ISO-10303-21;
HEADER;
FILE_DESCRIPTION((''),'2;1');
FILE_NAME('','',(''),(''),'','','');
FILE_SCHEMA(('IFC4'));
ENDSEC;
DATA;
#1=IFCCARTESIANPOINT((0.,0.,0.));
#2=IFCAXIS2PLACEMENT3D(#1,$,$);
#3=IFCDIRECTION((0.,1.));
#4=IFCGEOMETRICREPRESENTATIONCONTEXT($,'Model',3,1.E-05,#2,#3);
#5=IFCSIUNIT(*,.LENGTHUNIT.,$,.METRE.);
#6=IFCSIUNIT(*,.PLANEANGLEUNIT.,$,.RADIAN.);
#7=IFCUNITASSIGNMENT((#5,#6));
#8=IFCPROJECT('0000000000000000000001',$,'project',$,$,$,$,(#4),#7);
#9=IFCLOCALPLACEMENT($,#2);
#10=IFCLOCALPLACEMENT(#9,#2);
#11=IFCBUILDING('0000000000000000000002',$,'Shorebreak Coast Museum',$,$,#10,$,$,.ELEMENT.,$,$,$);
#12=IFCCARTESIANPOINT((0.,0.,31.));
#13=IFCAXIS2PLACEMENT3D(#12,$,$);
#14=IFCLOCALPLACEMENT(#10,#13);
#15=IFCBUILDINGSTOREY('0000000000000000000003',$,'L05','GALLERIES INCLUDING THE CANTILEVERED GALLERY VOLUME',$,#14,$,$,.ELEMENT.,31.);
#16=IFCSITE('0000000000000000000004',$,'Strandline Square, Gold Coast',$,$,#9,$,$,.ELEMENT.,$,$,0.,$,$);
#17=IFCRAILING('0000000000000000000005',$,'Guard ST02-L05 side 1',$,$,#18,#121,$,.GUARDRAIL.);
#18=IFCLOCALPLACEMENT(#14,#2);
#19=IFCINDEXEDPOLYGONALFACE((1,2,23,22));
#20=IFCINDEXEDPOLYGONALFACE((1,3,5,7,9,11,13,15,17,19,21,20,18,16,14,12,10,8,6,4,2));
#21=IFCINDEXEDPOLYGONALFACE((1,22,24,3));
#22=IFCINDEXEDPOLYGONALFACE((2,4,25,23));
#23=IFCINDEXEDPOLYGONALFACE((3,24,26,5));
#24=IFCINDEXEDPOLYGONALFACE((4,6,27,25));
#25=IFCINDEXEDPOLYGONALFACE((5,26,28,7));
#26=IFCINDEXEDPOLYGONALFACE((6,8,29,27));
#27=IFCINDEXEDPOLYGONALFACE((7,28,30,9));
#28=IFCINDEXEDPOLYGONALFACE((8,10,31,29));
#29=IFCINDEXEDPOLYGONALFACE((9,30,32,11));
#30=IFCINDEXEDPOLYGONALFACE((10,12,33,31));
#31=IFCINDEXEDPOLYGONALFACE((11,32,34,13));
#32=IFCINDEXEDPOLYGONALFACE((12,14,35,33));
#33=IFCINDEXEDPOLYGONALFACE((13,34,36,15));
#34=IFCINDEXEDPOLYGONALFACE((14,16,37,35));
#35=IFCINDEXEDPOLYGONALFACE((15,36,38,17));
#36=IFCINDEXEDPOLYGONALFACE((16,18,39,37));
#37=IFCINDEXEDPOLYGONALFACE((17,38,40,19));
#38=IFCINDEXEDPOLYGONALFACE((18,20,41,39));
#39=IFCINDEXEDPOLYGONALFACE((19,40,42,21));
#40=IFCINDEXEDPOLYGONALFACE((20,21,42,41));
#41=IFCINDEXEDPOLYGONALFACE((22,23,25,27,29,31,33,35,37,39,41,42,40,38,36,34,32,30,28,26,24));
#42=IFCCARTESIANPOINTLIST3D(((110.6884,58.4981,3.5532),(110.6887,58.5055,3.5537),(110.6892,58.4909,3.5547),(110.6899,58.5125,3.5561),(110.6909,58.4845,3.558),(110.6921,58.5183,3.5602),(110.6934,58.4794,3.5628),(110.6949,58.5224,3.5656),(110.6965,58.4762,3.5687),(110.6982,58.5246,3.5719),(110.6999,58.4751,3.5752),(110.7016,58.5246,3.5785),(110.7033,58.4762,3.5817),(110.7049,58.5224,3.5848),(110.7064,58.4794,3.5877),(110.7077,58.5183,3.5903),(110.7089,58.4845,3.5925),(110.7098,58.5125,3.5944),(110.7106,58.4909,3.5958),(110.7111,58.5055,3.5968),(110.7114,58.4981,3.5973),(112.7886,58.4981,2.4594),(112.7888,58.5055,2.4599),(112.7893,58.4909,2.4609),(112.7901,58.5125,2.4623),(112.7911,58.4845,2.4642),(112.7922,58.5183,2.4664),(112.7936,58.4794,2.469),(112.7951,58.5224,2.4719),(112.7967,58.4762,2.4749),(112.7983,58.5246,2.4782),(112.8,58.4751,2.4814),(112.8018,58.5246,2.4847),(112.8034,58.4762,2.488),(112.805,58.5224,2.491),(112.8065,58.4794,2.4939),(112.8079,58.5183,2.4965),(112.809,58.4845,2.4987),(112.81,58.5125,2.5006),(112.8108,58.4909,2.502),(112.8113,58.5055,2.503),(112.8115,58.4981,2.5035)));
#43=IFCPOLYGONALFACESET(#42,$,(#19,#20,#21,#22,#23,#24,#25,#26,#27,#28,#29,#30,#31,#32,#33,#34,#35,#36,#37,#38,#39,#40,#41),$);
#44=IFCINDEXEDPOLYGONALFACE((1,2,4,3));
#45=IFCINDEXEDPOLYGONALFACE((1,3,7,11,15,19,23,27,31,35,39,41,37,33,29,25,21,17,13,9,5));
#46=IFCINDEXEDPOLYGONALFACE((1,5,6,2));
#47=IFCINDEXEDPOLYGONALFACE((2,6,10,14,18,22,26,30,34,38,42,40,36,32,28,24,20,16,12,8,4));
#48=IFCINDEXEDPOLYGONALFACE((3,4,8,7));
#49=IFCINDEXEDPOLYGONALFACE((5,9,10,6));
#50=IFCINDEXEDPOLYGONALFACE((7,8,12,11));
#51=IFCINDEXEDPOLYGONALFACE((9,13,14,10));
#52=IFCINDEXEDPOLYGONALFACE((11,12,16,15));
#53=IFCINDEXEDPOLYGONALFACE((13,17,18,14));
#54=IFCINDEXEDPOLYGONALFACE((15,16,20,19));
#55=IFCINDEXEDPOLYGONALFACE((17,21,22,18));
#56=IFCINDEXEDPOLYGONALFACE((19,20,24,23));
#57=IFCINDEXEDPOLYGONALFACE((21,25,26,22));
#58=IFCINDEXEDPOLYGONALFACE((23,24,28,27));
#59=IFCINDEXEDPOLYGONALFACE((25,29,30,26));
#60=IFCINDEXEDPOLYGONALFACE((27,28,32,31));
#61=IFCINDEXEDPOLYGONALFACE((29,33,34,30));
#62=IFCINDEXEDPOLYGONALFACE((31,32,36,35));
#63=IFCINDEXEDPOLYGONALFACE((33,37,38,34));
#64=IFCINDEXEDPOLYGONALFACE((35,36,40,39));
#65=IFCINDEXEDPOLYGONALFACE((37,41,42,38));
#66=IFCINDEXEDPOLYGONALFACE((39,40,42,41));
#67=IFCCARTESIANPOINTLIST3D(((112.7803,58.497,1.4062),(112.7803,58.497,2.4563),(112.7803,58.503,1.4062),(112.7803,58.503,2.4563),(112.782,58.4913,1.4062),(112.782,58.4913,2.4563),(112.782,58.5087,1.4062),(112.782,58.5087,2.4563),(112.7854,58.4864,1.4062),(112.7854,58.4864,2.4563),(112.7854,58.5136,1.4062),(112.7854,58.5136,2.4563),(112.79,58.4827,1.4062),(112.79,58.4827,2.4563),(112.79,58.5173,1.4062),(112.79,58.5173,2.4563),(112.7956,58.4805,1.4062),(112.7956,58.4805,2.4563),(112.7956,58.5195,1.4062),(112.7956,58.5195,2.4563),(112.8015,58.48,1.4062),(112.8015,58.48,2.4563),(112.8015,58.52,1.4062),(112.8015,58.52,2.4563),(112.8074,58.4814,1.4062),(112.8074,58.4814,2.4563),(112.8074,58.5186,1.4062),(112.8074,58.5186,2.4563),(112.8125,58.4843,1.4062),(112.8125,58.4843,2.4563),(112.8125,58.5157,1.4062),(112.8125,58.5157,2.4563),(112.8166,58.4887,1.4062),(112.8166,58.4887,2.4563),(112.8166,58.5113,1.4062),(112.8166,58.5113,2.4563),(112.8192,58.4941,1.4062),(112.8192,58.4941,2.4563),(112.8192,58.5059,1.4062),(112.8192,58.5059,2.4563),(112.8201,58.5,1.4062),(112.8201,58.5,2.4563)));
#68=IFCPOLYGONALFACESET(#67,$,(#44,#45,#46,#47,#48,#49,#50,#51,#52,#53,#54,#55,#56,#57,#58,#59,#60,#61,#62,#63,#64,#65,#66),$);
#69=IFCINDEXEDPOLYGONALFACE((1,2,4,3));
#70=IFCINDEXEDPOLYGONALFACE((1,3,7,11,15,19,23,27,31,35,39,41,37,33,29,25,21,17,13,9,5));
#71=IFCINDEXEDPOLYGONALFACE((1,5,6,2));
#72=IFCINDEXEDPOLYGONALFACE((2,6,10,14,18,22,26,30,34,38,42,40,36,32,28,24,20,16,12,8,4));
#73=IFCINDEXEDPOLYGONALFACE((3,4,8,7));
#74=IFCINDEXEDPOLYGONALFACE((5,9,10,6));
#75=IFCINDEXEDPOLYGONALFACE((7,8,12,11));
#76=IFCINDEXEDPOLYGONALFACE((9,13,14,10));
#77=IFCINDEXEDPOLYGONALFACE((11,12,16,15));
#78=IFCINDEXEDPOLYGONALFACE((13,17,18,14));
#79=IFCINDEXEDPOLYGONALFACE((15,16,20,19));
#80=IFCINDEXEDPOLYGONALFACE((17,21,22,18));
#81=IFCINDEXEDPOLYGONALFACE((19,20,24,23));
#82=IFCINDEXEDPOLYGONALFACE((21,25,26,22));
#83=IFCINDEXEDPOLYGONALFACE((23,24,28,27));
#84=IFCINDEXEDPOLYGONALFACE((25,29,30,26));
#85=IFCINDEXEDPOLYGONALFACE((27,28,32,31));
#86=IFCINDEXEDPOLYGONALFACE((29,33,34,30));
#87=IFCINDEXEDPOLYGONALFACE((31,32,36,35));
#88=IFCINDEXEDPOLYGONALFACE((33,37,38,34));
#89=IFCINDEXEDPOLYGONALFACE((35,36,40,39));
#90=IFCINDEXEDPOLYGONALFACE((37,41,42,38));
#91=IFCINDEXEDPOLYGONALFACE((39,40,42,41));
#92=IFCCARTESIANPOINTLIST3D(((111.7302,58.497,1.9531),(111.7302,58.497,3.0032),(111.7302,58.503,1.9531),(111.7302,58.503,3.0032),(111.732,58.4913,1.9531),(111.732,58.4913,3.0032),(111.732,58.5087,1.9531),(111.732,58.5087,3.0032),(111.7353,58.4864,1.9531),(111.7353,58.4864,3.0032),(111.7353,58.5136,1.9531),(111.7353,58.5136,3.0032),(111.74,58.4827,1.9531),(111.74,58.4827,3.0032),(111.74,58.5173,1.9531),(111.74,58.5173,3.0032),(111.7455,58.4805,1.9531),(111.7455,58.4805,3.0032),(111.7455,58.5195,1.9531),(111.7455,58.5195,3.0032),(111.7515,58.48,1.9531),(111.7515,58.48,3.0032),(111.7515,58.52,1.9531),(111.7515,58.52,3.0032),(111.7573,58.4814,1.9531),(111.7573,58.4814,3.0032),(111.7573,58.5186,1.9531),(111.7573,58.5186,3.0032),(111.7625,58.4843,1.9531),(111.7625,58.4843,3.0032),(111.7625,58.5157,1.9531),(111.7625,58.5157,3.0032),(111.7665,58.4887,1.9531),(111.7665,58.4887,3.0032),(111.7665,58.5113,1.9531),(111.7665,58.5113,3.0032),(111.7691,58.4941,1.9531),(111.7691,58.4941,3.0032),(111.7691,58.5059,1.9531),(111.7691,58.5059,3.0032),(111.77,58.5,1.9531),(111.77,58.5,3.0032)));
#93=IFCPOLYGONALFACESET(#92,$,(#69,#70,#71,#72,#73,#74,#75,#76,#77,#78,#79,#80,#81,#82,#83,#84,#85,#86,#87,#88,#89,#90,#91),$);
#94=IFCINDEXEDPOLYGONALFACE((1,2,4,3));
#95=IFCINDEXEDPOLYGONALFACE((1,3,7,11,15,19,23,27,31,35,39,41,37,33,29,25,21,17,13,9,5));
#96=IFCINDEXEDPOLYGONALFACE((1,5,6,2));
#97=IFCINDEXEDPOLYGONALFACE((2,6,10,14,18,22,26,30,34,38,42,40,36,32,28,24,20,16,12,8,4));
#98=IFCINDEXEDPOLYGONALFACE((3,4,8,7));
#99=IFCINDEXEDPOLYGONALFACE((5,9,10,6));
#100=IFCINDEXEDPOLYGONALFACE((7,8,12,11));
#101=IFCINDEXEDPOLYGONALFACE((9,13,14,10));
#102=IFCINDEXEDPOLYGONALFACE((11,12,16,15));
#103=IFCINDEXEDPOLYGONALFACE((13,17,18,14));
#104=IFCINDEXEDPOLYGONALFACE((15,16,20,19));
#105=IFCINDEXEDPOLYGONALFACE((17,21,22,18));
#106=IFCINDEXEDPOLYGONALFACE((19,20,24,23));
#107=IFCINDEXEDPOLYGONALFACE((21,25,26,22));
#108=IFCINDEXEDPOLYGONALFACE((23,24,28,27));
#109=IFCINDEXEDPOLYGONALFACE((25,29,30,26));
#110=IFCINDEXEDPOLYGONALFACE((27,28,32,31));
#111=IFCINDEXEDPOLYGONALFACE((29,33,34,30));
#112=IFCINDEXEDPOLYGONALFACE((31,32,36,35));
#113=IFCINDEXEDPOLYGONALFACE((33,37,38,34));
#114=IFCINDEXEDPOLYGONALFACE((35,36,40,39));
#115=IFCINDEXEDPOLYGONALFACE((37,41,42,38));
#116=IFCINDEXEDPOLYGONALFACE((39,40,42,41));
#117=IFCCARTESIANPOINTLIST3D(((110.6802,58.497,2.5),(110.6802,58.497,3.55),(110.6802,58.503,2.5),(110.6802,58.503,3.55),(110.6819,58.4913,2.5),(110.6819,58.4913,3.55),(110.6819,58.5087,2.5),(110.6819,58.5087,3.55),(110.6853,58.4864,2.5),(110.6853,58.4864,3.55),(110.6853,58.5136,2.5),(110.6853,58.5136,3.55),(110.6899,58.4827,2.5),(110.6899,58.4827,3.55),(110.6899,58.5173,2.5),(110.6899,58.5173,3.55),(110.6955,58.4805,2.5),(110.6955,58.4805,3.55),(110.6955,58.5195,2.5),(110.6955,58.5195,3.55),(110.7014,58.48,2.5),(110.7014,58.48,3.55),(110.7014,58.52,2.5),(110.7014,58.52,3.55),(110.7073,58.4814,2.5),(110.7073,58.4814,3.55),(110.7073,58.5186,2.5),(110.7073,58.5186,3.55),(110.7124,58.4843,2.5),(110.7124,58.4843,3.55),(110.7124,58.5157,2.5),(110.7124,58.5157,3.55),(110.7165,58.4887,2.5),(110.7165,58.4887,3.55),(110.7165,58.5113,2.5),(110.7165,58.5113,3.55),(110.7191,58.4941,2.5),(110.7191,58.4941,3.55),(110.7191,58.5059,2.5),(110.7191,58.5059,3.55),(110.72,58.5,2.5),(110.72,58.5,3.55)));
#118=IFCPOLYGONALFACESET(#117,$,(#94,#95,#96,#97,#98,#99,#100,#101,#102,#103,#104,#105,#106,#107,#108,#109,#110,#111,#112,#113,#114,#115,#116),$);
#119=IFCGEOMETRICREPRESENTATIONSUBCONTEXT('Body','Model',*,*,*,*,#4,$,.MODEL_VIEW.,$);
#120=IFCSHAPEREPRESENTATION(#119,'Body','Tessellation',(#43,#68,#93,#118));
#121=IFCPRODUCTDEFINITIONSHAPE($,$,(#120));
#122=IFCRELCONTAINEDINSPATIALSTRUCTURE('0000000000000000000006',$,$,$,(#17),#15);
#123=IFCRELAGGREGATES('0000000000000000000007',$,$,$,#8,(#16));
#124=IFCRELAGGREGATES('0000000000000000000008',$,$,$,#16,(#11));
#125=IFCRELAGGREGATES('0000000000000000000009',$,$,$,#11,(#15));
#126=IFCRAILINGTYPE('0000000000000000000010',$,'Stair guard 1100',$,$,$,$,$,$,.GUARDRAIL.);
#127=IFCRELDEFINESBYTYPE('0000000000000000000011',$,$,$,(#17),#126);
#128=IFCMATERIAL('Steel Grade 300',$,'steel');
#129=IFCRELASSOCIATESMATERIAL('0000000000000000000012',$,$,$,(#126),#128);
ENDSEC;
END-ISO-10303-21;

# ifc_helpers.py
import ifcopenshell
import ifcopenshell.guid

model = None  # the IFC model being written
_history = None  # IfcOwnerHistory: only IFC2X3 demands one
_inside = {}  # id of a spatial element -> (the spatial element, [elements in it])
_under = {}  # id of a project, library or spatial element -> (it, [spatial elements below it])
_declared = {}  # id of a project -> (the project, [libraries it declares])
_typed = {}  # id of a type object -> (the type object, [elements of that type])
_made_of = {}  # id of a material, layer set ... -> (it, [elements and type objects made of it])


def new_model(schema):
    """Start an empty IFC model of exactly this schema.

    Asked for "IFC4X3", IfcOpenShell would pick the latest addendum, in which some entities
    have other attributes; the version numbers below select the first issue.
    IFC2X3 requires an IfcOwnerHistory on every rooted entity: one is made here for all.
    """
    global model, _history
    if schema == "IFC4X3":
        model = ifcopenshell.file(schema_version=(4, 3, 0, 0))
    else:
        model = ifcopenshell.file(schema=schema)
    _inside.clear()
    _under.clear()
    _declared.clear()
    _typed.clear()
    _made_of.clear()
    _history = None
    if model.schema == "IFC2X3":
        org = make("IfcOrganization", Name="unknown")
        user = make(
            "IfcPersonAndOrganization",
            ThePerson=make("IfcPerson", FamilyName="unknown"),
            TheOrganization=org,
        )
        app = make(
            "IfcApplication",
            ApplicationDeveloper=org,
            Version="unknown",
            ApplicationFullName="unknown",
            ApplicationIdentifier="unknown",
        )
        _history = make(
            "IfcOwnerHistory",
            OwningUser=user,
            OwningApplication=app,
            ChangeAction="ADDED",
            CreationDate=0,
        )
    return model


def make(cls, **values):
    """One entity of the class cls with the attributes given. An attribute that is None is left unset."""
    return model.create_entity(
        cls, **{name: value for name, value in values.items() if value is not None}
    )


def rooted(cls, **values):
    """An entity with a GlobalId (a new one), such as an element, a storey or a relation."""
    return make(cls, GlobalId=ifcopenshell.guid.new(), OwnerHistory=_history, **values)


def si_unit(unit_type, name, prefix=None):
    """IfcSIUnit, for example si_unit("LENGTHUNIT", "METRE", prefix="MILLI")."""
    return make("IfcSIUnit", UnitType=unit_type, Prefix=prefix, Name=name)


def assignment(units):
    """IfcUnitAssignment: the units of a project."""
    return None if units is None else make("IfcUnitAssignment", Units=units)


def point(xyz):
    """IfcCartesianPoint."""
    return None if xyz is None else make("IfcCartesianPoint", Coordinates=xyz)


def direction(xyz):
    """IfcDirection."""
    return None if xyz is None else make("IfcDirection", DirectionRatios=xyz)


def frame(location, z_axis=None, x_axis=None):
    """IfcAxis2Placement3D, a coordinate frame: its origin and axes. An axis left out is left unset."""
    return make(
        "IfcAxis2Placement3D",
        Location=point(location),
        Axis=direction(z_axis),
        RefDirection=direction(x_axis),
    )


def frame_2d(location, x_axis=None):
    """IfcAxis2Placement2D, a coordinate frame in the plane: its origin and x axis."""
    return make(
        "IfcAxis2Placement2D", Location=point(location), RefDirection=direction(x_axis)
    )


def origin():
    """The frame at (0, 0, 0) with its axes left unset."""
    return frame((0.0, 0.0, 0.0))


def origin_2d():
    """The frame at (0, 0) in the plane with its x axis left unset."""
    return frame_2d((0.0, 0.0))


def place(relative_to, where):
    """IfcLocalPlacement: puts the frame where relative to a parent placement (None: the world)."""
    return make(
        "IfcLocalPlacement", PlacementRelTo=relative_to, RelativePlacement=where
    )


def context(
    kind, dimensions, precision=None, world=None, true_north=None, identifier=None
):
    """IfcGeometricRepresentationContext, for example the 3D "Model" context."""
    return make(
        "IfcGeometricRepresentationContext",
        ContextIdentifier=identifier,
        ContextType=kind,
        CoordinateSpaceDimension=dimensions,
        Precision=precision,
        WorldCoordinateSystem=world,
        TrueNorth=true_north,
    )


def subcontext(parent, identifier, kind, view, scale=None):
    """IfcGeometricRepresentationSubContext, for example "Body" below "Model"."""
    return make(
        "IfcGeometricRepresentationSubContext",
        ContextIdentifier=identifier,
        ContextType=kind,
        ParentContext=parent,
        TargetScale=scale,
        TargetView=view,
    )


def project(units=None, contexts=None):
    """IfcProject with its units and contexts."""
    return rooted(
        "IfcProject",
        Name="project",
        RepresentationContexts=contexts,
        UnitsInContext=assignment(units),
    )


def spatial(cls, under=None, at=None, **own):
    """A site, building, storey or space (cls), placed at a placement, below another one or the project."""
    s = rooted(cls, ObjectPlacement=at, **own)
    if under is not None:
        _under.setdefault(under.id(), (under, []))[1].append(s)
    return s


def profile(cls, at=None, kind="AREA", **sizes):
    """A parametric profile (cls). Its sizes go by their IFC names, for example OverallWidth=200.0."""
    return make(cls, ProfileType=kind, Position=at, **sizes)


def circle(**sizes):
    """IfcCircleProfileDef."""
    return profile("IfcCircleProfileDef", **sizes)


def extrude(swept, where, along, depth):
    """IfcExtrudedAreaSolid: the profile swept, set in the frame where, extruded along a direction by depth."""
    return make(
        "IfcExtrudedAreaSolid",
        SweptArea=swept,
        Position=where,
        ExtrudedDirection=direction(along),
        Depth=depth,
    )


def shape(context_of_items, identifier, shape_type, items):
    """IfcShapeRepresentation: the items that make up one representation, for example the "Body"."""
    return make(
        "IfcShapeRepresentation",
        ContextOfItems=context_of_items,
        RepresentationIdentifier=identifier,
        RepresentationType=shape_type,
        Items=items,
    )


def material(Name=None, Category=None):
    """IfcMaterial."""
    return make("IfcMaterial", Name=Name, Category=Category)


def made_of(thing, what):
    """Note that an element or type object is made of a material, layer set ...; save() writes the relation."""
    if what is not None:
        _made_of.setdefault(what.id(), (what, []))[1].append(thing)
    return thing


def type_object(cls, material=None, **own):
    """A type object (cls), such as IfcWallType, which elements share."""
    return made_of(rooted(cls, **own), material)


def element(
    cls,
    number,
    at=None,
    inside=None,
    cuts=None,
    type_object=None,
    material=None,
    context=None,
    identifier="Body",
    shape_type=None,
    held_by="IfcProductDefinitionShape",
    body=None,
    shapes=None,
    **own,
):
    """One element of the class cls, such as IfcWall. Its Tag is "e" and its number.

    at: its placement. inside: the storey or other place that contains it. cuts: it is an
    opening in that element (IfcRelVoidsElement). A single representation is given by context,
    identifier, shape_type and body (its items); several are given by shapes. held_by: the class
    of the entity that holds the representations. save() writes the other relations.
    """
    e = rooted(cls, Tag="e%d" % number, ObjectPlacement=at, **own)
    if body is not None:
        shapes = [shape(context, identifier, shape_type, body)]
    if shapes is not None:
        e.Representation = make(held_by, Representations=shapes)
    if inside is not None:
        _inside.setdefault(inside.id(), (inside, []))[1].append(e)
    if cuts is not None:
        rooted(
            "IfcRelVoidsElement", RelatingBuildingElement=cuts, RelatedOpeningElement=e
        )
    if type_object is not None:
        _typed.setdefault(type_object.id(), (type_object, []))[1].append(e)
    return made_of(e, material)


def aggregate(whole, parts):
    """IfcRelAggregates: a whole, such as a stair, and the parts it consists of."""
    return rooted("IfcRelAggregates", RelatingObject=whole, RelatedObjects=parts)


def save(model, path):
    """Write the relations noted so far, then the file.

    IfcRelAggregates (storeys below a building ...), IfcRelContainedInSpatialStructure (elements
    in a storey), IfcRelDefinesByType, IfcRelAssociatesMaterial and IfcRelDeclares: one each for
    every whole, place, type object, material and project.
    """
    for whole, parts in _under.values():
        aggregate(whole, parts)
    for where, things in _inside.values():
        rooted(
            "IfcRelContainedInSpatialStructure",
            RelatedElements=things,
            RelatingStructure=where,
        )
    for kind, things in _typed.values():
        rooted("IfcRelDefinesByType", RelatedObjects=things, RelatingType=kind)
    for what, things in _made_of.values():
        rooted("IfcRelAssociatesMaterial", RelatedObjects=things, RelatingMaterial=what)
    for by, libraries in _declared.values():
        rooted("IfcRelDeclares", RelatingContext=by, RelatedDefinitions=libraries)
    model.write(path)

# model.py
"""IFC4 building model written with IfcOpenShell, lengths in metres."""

from ifc_helpers import new_model, si_unit, direction, frame, origin, origin_2d, place, context, subcontext, project, spatial, circle, extrude, material, type_object, element, save


model = new_model("IFC4")

# Units and contexts
model_context = context("Model", 3, precision=1e-05, world=origin(), true_north=direction((0.0, 1.0)))
body_context = subcontext(model_context, "Body", "Model", "MODEL_VIEW")
ifc_project = project(units=[si_unit("LENGTHUNIT", "METRE"), si_unit("PLANEANGLEUNIT", "RADIAN")], contexts=[model_context])

# Site, building, storey
site_placement = place(None, origin())
site = spatial("IfcSite", under=ifc_project, at=site_placement, Name="Strandline Square, Gold Coast", CompositionType="ELEMENT", RefElevation=0.0)
building_placement = place(site_placement, origin())
building = spatial("IfcBuilding", under=site, at=building_placement, Name="Shorebreak Coast Museum", CompositionType="ELEMENT")
storey_placement = place(building_placement, frame((0.0, 0.0, 31.0)))
storey = spatial("IfcBuildingStorey", under=building, at=storey_placement, Name="L05", Description="GALLERIES INCLUDING THE CANTILEVERED GALLERY VOLUME", CompositionType="ELEMENT", Elevation=31.0)

# Railing
ifc_material_1 = material(Name="Steel Grade 300", Category="steel")
railing_type_1 = type_object("IfcRailingType", Name="Stair guard 1100", PredefinedType="GUARDRAIL", material=ifc_material_1)
for number, where, name in (
    (1, (112.8, 58.5, 1.4062), "Guard ST02-L05 side 1"),
):
    element("IfcRailing", number, at=place(storey_placement, frame(where)), inside=storey, type_object=railing_type_1, Name=name, PredefinedType="GUARDRAIL", context=body_context, shape_type="SweptSolid", body=[
        extrude(circle(Radius=0.0249, at=origin_2d()), frame((0.0, 0.0, 1.0752), z_axis=(-0.886923, 0.0, 0.461918), x_axis=(0.0, -1.0, 0.0)), (0.0, 0.0, 1.0), 2.3679),
        extrude(circle(Radius=0.02, at=origin_2d()), origin(), (0.0, 0.0, 1.0), 1.05),
        extrude(circle(Radius=0.02, at=origin_2d()), frame((-1.05, 0.0, 0.5469)), (0.0, 0.0, 1.0), 1.05),
        extrude(circle(Radius=0.02, at=origin_2d()), frame((-2.1001, 0.0, 1.0938)), (0.0, 0.0, 1.0), 1.05),
    ])

save(model, "model.ifc")
